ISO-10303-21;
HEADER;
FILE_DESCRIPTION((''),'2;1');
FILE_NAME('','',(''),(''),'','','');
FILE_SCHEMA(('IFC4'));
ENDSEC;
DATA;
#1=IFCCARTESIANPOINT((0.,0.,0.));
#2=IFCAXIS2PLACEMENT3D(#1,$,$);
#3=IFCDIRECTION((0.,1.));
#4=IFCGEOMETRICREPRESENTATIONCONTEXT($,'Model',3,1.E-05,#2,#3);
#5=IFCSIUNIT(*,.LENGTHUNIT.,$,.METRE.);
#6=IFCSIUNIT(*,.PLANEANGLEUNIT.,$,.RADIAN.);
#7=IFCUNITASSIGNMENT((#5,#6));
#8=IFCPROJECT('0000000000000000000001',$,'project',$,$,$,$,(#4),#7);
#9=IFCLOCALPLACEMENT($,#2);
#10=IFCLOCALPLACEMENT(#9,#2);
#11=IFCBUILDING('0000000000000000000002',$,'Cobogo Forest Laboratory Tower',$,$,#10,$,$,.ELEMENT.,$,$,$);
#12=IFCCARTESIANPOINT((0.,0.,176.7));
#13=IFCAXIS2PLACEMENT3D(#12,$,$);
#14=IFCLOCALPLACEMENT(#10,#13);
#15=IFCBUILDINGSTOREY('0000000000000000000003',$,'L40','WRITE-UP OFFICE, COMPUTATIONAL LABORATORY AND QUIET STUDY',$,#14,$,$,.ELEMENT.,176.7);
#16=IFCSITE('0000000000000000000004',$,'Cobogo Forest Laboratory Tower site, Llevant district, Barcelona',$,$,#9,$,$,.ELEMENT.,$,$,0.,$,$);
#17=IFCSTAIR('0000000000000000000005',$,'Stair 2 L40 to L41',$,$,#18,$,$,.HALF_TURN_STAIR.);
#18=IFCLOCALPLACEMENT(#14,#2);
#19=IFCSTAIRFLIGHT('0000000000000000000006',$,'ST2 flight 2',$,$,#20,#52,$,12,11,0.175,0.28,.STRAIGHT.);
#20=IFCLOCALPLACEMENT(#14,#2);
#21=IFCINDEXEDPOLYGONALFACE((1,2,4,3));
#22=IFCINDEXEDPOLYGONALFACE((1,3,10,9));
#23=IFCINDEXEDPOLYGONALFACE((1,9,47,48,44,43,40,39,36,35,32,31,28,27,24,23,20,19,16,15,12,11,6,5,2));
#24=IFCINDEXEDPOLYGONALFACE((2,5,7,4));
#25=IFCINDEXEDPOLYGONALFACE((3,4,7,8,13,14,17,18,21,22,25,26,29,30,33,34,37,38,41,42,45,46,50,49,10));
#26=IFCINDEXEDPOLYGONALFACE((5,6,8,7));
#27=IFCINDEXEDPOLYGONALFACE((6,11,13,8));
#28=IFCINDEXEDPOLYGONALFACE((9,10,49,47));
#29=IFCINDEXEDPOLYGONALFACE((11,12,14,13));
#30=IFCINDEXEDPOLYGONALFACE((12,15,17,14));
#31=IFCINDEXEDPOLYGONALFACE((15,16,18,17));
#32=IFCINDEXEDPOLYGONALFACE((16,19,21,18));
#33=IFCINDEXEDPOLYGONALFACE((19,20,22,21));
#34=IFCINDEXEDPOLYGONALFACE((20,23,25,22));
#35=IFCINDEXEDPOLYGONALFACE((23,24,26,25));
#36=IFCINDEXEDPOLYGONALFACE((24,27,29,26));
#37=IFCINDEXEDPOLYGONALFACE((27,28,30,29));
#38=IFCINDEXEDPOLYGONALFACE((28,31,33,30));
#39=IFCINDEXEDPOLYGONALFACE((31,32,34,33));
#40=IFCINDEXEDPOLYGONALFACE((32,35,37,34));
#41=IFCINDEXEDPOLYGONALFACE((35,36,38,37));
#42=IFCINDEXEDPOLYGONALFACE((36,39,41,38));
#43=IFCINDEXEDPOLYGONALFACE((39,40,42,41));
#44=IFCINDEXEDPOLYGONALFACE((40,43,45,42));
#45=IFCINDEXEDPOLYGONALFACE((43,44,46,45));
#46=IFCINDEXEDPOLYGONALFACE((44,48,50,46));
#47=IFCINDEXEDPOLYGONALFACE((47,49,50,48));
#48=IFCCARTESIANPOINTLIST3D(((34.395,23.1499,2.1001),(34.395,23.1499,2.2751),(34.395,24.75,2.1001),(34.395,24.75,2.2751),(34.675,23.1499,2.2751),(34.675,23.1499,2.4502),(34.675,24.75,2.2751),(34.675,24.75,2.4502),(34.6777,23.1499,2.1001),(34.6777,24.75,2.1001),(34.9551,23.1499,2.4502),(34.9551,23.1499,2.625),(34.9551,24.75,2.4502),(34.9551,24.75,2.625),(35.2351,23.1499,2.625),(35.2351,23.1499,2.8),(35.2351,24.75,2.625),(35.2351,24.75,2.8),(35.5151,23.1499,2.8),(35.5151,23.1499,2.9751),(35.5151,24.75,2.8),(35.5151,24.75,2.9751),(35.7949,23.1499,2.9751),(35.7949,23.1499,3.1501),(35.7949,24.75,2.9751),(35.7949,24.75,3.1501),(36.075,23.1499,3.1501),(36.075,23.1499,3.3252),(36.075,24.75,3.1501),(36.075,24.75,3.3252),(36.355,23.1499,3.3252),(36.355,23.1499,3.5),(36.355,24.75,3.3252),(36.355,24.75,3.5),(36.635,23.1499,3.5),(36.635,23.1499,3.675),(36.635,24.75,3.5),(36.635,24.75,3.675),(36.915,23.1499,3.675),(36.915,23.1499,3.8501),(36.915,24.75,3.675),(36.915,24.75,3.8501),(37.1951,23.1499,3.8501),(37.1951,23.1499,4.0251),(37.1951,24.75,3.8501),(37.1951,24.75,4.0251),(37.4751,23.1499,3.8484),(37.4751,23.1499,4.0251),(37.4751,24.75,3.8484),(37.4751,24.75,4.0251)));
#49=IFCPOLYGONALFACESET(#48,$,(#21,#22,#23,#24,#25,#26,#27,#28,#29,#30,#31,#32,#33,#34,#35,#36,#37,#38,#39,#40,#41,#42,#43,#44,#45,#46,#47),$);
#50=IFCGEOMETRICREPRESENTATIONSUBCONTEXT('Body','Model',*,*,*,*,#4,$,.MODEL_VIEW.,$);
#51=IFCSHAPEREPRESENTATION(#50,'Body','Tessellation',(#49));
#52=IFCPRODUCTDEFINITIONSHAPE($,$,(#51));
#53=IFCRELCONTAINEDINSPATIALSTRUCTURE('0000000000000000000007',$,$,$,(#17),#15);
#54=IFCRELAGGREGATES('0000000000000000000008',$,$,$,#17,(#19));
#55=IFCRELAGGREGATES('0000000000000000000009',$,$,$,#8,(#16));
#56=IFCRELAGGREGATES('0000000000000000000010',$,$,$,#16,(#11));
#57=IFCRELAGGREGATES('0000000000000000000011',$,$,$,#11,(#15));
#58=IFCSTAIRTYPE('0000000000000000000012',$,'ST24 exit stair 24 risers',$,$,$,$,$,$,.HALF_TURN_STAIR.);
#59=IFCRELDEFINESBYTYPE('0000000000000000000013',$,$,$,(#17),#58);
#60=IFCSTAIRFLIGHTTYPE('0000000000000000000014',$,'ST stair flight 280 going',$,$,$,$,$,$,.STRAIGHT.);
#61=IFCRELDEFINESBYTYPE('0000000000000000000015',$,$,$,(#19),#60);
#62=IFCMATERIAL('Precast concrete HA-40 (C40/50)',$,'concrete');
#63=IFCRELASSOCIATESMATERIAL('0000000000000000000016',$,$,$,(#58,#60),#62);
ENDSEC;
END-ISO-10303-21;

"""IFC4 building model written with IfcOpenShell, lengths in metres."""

from ifc_helpers import new_model, si_unit, direction, frame, origin, place, context, subcontext, project, spatial, polyline, outline, extrude, material, type_object, element, aggregate, save


model = new_model("IFC4")

# Units and contexts
model_context = context("Model", 3, precision=1e-05, world=origin(), true_north=direction((0.0, 1.0)))
body_context = subcontext(model_context, "Body", "Model", "MODEL_VIEW")
ifc_project = project(units=[si_unit("LENGTHUNIT", "METRE"), si_unit("PLANEANGLEUNIT", "RADIAN")], contexts=[model_context])

# Site, building, storey
site_placement = place(None, origin())
site = spatial("IfcSite", under=ifc_project, at=site_placement, Name="Cobogo Forest Laboratory Tower site, Llevant district, Barcelona", CompositionType="ELEMENT", RefElevation=0.0)
building_placement = place(site_placement, origin())
building = spatial("IfcBuilding", under=site, at=building_placement, Name="Cobogo Forest Laboratory Tower", CompositionType="ELEMENT")
storey_placement = place(building_placement, frame((0.0, 0.0, 176.7)))
storey = spatial("IfcBuildingStorey", under=building, at=storey_placement, Name="L40", Description="WRITE-UP OFFICE, COMPUTATIONAL LABORATORY AND QUIET STUDY", CompositionType="ELEMENT", Elevation=176.7)

# Stair, stair flight
ifc_material_1 = material(Name="Precast concrete HA-40 (C40/50)", Category="concrete")
stair_type = type_object("IfcStairType", Name="ST24 exit stair 24 risers", PredefinedType="HALF_TURN_STAIR", material=ifc_material_1)
stair_placement = place(storey_placement, origin())
stair = element("IfcStair", 1, at=stair_placement, inside=storey, type_object=stair_type, Name="Stair 2 L40 to L41", PredefinedType="HALF_TURN_STAIR")
stair_flight_type = type_object("IfcStairFlightType", Name="ST stair flight 280 going", PredefinedType="STRAIGHT", material=ifc_material_1)
stair_flight_1_placement = place(storey_placement, frame((34.395, 23.95, 2.1001), z_axis=(0.0, 0.0, 1.0), x_axis=(1.0, 0.0, 0.0)))
stair_flight_1 = element("IfcStairFlight", 2, at=stair_flight_1_placement, type_object=stair_flight_type, Name="ST2 flight 2", NumberOfRisers=12, NumberOfTreads=11, PredefinedType="STRAIGHT", RiserHeight=0.175, TreadLength=0.28, context=body_context, shape_type="SweptSolid", body=[
    extrude(outline(polyline([(0.0, 0.0), (0.0, 0.175), (0.28, 0.175), (0.28, 0.3501), (0.5601, 0.3501), (0.5601, 0.5249), (0.8401, 0.5249), (0.8401, 0.7), (1.1201, 0.7), (1.1201, 0.875), (1.3999, 0.875), (1.3999, 1.05), (1.6799, 1.05), (1.6799, 1.2251), (1.96, 1.2251), (1.96, 1.3999), (2.24, 1.3999), (2.24, 1.575), (2.52, 1.575), (2.52, 1.75), (2.8, 1.75), (2.8, 1.925), (3.0801, 1.925), (3.0801, 2.1001), (3.0801, 1.7483), (0.2827, 0.0), (0.0, 0.0)])), frame((0.0, 0.8, 0.0), z_axis=(0.0, -1.0, 0.0), x_axis=(1.0, 0.0, 0.0)), (0.0, 0.0, 1.0), 1.6001),
])
aggregate(stair, [stair_flight_1])

save(model, "model.ifc")
